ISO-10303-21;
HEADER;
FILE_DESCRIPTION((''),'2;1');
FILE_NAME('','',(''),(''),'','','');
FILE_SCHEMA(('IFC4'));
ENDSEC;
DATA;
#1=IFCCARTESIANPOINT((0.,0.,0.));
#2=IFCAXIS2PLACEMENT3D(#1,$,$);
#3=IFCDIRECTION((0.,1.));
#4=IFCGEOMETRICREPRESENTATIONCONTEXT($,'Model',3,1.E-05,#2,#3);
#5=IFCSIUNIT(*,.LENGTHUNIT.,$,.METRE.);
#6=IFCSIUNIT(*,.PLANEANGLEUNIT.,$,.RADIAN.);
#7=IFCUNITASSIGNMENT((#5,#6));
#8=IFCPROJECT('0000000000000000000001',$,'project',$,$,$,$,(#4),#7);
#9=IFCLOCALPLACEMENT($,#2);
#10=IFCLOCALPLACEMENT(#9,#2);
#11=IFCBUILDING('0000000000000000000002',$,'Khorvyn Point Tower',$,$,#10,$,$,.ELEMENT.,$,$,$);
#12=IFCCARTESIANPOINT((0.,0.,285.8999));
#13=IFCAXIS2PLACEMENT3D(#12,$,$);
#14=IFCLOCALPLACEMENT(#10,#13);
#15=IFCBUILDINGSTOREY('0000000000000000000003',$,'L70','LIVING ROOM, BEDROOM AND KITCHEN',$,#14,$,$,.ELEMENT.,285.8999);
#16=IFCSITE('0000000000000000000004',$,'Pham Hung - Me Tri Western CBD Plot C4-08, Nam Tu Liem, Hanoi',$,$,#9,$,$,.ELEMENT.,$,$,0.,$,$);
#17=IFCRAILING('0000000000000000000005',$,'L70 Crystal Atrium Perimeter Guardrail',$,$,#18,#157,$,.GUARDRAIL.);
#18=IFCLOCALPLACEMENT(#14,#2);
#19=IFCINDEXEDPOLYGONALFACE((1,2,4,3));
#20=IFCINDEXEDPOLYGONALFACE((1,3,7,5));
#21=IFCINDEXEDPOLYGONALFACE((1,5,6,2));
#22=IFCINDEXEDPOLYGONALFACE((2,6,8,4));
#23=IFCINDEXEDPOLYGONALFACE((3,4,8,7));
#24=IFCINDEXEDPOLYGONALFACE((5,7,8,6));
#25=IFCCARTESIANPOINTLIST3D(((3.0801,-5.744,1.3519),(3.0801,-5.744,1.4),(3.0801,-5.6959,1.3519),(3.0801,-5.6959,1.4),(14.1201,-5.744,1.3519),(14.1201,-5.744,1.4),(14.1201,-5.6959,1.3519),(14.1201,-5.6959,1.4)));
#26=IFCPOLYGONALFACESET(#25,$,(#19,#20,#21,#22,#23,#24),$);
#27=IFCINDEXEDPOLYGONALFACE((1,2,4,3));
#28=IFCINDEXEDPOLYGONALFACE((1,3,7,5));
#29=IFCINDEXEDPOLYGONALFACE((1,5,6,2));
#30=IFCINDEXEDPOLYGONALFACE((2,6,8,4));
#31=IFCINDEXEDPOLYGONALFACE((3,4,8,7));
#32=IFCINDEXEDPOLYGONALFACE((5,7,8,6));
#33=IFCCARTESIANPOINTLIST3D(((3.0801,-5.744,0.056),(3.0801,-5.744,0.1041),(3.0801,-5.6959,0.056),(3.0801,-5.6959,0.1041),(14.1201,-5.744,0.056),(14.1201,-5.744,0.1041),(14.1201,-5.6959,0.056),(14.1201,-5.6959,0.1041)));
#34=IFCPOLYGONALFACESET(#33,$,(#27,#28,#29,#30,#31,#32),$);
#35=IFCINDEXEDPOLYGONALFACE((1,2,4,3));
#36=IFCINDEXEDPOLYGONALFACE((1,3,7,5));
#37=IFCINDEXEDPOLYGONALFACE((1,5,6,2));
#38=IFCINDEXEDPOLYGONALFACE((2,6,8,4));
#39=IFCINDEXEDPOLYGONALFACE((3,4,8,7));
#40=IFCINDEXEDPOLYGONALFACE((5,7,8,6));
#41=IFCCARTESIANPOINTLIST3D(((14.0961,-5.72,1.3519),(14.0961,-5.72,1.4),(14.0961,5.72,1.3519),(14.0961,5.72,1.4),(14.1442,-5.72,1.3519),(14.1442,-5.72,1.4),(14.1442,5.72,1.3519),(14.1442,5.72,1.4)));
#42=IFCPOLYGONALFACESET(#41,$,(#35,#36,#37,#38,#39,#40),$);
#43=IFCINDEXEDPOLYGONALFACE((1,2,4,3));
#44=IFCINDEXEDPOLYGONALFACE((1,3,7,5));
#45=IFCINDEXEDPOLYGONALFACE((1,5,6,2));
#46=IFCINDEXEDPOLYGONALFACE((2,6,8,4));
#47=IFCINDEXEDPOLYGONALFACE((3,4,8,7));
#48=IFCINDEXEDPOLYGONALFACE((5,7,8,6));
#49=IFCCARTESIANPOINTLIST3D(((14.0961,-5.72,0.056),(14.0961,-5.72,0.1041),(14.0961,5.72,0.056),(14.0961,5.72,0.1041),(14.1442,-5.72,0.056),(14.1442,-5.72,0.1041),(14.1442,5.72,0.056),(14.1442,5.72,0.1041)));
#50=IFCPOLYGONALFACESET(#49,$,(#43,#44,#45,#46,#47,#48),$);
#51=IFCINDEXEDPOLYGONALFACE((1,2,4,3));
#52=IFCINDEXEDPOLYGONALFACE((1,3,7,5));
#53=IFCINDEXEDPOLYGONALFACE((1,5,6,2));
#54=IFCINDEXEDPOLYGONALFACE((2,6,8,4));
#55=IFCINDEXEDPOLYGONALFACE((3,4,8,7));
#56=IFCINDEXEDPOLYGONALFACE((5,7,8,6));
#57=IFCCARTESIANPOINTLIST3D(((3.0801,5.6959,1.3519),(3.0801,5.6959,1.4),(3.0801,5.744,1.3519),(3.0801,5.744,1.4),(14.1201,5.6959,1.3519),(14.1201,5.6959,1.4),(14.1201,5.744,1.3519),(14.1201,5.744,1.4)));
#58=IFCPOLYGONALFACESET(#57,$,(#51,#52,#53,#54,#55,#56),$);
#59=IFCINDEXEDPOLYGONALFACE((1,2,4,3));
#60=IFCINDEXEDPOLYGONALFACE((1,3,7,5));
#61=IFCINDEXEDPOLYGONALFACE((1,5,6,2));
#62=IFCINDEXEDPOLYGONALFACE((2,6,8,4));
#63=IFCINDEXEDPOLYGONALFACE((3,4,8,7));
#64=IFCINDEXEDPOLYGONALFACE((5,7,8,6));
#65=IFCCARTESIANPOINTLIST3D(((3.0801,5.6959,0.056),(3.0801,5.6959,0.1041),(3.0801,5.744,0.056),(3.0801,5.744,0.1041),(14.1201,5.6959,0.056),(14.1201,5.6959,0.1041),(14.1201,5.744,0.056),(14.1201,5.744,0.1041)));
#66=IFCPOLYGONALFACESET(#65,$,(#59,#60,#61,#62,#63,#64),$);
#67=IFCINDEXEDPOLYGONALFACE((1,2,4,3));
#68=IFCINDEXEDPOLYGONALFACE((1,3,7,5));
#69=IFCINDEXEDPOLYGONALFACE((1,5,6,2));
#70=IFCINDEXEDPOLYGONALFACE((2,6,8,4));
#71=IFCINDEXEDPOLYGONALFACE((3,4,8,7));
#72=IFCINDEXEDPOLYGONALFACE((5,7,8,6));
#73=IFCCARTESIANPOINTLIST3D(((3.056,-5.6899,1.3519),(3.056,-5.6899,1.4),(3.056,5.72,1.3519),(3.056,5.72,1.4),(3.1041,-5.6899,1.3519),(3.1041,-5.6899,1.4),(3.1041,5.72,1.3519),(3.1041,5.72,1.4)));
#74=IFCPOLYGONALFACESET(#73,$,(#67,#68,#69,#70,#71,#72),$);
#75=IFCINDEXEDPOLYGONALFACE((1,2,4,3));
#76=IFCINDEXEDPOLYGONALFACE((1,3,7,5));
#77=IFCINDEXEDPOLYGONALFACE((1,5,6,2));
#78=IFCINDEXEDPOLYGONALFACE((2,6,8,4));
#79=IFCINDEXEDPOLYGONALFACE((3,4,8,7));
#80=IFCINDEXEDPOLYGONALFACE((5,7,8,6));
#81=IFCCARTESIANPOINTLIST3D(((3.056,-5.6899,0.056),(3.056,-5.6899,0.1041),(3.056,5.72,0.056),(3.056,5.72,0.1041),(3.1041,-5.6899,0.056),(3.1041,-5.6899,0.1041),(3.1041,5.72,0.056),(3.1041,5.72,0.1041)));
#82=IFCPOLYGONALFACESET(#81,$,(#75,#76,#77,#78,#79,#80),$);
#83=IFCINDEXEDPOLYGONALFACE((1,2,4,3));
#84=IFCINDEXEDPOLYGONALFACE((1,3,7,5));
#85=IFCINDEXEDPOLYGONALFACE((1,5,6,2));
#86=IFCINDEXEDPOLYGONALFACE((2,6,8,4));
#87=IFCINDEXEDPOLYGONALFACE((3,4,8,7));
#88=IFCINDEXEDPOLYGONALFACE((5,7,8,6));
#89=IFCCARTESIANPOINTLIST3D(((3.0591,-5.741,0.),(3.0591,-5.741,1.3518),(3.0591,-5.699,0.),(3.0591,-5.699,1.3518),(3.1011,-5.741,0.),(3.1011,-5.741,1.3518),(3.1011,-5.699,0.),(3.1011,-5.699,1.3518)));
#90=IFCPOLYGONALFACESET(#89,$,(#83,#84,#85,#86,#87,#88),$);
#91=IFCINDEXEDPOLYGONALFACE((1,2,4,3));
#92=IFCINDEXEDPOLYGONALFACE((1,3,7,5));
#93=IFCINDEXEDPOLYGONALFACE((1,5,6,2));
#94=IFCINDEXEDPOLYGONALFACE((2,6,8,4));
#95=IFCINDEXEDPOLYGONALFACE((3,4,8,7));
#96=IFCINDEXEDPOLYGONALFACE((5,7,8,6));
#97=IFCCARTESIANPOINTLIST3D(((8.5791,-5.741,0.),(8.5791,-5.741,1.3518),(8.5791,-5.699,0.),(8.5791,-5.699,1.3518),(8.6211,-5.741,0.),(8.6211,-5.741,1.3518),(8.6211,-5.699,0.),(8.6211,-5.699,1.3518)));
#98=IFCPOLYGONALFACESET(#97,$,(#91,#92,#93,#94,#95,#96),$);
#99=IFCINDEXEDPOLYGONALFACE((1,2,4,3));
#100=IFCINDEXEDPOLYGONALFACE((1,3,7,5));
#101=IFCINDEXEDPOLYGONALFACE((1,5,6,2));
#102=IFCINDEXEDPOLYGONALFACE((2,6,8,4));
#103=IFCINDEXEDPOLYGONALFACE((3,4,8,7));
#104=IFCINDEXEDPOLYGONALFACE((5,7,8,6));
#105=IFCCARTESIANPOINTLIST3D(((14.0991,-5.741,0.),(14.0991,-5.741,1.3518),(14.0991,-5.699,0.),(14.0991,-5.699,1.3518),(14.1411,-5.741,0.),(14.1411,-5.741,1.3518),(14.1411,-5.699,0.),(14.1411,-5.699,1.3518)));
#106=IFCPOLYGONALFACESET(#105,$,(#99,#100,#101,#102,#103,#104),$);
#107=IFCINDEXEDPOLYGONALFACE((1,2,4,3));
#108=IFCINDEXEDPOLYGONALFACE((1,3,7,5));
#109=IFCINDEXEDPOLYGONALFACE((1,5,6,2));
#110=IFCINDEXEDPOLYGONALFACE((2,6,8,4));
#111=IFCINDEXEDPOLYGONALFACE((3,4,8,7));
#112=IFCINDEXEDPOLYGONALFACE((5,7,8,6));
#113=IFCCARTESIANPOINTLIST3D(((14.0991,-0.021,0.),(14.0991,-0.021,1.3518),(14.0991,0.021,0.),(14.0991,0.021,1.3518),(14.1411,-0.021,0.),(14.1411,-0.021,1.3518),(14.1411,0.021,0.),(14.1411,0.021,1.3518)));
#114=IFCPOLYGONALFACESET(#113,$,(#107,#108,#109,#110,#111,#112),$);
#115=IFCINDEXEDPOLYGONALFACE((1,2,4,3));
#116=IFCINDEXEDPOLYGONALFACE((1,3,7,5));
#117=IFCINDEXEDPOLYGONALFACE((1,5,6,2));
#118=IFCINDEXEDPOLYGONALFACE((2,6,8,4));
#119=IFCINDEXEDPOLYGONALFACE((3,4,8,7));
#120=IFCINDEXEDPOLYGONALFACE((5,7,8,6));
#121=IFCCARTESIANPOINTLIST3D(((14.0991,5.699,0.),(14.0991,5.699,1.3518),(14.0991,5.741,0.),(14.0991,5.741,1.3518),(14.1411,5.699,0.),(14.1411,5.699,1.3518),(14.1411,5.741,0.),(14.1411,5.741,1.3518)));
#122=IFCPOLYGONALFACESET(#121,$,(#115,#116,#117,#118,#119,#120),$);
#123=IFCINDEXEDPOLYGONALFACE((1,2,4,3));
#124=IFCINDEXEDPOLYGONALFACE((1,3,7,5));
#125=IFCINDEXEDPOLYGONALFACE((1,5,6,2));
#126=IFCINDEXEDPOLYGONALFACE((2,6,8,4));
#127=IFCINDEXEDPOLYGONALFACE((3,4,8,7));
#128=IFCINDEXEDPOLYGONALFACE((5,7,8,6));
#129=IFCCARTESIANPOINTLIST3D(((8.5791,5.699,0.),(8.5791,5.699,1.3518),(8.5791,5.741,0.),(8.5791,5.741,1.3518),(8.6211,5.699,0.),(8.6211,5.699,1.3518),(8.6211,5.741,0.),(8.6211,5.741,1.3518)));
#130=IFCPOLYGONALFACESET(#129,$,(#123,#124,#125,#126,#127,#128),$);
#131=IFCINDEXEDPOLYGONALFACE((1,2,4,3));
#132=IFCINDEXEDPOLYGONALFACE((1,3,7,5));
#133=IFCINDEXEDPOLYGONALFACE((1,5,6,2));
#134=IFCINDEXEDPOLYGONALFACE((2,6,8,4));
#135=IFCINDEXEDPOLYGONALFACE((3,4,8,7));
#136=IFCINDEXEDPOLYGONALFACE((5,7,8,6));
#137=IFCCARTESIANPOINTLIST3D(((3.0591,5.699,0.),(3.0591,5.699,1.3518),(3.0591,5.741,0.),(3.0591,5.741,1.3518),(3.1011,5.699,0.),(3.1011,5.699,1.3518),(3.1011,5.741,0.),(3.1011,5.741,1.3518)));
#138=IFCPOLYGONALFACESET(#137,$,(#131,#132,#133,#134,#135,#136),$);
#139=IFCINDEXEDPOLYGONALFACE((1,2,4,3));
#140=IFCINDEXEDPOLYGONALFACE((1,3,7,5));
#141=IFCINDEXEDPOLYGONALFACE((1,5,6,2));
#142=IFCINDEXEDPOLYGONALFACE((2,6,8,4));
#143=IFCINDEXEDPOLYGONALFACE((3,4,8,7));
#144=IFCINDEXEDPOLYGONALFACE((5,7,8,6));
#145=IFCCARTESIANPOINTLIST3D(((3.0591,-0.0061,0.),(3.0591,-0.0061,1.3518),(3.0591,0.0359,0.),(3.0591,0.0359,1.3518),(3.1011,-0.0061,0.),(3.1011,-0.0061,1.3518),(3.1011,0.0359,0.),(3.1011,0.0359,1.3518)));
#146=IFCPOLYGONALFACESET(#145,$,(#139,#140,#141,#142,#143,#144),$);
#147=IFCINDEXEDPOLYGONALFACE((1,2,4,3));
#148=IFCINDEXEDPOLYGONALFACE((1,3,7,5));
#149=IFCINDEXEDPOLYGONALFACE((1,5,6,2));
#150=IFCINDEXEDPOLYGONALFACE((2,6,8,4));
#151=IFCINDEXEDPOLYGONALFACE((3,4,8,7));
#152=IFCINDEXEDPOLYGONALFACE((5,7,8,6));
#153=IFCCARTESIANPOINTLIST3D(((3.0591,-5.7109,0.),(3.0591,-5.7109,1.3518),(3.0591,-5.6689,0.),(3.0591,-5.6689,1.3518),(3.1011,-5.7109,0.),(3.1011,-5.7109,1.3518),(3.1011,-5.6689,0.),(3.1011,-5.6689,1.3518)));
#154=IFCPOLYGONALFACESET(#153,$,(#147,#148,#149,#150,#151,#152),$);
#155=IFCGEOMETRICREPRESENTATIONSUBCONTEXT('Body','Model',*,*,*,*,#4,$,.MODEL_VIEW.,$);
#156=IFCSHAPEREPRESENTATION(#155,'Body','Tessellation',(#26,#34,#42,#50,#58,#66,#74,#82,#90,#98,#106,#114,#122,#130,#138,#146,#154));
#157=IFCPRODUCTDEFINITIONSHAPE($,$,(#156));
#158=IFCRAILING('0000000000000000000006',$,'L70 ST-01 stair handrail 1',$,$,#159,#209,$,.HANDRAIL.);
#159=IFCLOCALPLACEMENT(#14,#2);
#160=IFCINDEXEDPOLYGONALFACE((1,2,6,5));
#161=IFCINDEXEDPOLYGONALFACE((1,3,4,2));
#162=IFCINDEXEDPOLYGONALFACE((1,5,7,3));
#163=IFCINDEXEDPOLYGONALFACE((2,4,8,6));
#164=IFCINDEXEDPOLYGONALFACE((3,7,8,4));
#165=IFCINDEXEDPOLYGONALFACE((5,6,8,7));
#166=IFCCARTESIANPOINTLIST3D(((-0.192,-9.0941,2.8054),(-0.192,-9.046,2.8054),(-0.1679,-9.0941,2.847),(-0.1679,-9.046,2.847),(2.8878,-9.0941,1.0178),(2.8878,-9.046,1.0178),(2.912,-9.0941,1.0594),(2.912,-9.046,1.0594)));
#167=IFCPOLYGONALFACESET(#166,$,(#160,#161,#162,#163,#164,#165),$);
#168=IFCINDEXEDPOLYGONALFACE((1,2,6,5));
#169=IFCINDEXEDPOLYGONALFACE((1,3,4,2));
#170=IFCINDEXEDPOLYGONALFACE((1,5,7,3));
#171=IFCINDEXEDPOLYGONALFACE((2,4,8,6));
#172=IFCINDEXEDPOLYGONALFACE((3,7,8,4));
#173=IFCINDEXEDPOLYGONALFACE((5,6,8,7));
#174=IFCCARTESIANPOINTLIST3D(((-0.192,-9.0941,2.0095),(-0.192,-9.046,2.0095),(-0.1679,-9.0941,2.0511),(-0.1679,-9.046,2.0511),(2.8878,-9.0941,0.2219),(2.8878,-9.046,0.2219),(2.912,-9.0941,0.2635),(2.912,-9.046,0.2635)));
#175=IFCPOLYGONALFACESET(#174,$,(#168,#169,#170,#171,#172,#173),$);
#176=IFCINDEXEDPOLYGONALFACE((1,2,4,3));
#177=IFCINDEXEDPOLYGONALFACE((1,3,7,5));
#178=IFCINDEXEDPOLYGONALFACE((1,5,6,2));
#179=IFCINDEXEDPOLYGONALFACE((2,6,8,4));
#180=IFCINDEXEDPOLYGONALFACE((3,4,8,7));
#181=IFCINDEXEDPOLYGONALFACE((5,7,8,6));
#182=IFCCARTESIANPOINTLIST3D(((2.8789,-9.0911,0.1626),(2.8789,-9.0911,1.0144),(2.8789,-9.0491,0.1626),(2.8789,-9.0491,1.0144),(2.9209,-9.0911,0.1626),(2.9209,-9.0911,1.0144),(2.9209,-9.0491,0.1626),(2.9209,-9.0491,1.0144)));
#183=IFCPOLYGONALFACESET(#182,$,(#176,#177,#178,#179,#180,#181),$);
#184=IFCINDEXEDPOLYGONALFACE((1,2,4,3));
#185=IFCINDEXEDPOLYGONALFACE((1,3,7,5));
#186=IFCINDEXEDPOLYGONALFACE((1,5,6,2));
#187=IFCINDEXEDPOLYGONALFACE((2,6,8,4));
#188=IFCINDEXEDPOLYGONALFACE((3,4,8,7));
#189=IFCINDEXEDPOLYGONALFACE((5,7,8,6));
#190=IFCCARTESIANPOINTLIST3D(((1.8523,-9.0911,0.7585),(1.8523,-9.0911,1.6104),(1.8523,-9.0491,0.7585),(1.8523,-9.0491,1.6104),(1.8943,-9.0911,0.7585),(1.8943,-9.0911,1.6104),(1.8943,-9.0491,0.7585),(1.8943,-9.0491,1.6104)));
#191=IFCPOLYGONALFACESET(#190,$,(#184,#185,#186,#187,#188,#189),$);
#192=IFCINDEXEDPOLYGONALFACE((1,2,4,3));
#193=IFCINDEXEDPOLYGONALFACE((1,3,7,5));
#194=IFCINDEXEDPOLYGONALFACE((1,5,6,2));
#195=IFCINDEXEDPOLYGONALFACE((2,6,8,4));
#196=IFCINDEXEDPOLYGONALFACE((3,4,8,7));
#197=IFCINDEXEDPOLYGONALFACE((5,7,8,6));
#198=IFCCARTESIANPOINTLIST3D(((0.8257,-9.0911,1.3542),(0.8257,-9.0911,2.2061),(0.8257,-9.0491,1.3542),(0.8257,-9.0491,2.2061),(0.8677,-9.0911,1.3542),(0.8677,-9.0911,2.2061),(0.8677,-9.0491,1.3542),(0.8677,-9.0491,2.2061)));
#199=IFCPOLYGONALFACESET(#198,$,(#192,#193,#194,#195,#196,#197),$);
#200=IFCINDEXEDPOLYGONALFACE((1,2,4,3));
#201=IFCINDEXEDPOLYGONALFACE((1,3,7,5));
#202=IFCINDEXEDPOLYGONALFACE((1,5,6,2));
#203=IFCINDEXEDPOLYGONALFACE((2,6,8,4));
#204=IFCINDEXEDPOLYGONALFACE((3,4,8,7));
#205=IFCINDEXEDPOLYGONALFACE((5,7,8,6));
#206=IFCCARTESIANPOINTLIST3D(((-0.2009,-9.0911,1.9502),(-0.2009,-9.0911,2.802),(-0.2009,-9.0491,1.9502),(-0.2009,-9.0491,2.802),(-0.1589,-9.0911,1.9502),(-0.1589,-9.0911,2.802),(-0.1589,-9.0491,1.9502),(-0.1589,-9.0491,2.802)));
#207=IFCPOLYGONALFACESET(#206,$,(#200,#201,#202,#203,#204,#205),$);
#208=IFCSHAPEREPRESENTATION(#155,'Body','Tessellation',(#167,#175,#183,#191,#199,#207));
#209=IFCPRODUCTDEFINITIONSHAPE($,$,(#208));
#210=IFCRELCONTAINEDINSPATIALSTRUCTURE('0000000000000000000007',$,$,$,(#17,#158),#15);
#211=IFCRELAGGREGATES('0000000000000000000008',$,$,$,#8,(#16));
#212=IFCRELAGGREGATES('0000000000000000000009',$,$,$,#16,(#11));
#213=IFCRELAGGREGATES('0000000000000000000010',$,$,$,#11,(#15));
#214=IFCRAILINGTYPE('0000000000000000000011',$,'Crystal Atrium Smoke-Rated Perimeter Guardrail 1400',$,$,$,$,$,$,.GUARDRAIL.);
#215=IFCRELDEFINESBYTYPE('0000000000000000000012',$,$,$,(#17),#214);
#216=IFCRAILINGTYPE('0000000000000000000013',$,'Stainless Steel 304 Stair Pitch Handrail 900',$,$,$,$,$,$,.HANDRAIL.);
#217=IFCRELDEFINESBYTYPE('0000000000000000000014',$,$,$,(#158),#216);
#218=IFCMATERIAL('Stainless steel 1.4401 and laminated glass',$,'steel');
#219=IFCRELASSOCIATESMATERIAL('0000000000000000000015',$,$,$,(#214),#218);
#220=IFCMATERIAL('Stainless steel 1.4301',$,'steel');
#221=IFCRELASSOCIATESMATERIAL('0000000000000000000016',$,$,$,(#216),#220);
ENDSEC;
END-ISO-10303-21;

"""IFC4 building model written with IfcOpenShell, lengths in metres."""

from ifc_helpers import new_model, si_unit, direction, frame, origin, origin_2d, place, context, subcontext, project, spatial, rectangle, extrude, material, type_object, element, save


model = new_model("IFC4")

# Units and contexts
model_context = context("Model", 3, precision=1e-05, world=origin(), true_north=direction((0.0, 1.0)))
body_context = subcontext(model_context, "Body", "Model", "MODEL_VIEW")
ifc_project = project(units=[si_unit("LENGTHUNIT", "METRE"), si_unit("PLANEANGLEUNIT", "RADIAN")], contexts=[model_context])

# Site, building, storey
site_placement = place(None, origin())
site = spatial("IfcSite", under=ifc_project, at=site_placement, Name="Pham Hung - Me Tri Western CBD Plot C4-08, Nam Tu Liem, Hanoi", CompositionType="ELEMENT", RefElevation=0.0)
building_placement = place(site_placement, origin())
building = spatial("IfcBuilding", under=site, at=building_placement, Name="Khorvyn Point Tower", CompositionType="ELEMENT")
storey_placement = place(building_placement, frame((0.0, 0.0, 285.8999)))
storey = spatial("IfcBuildingStorey", under=building, at=storey_placement, Name="L70", Description="LIVING ROOM, BEDROOM AND KITCHEN", CompositionType="ELEMENT", Elevation=285.8999)

# Shared definitions
ifc_material_1 = material(Name="Stainless steel 1.4301", Category="steel")

# Railings
ifc_material_2 = material(Name="Stainless steel 1.4401 and laminated glass", Category="steel")
railing_type_1 = type_object("IfcRailingType", Name="Crystal Atrium Smoke-Rated Perimeter Guardrail 1400", PredefinedType="GUARDRAIL", material=ifc_material_2)
railing_1_placement = place(storey_placement, frame((3.0801, -5.72, 0.0)))
element("IfcRailing", 1, at=railing_1_placement, inside=storey, type_object=railing_type_1, Name="L70 Crystal Atrium Perimeter Guardrail", PredefinedType="GUARDRAIL", context=body_context, shape_type="SweptSolid", body=[
    extrude(rectangle(XDim=0.0481, YDim=0.0481, at=origin_2d()), frame((0.0, 0.0, 1.376), z_axis=(1.0, 0.0, 0.0), x_axis=(0.0, 1.0, 0.0)), (0.0, 0.0, 1.0), 11.04),
    extrude(rectangle(XDim=0.0481, YDim=0.0481, at=origin_2d()), frame((0.0, 0.0, 0.0801), z_axis=(1.0, 0.0, 0.0), x_axis=(0.0, 1.0, 0.0)), (0.0, 0.0, 1.0), 11.04),
    extrude(rectangle(XDim=0.0481, YDim=0.0481, at=origin_2d()), frame((11.04, 0.0, 1.376), z_axis=(0.0, 1.0, 0.0), x_axis=(-1.0, 0.0, 0.0)), (0.0, 0.0, 1.0), 11.4399),
    extrude(rectangle(XDim=0.0481, YDim=0.0481, at=origin_2d()), frame((11.04, 0.0, 0.0801), z_axis=(0.0, 1.0, 0.0), x_axis=(-1.0, 0.0, 0.0)), (0.0, 0.0, 1.0), 11.4399),
    extrude(rectangle(XDim=0.0481, YDim=0.0481, at=origin_2d()), frame((11.04, 11.4399, 1.376), z_axis=(-1.0, 0.0, 0.0), x_axis=(0.0, -1.0, 0.0)), (0.0, 0.0, 1.0), 11.04),
    extrude(rectangle(XDim=0.0481, YDim=0.0481, at=origin_2d()), frame((11.04, 11.4399, 0.0801), z_axis=(-1.0, 0.0, 0.0), x_axis=(0.0, -1.0, 0.0)), (0.0, 0.0, 1.0), 11.04),
    extrude(rectangle(XDim=0.0481, YDim=0.0481, at=origin_2d()), frame((0.0, 11.4399, 1.376), z_axis=(0.0, -1.0, 0.0), x_axis=(1.0, 0.0, 0.0)), (0.0, 0.0, 1.0), 11.4099),
    extrude(rectangle(XDim=0.0481, YDim=0.0481, at=origin_2d()), frame((0.0, 11.4399, 0.0801), z_axis=(0.0, -1.0, 0.0), x_axis=(1.0, 0.0, 0.0)), (0.0, 0.0, 1.0), 11.4099),
    extrude(rectangle(XDim=0.042, YDim=0.042, at=origin_2d()), origin(), (0.0, 0.0, 1.0), 1.3518),
    extrude(rectangle(XDim=0.042, YDim=0.042, at=origin_2d()), frame((5.52, 0.0, 0.0)), (0.0, 0.0, 1.0), 1.3518),
    extrude(rectangle(XDim=0.042, YDim=0.042, at=origin_2d()), frame((11.04, 0.0, 0.0)), (0.0, 0.0, 1.0), 1.3518),
    extrude(rectangle(XDim=0.042, YDim=0.042, at=origin_2d()), frame((11.04, 5.72, 0.0)), (0.0, 0.0, 1.0), 1.3518),
    extrude(rectangle(XDim=0.042, YDim=0.042, at=origin_2d()), frame((11.04, 11.4399, 0.0)), (0.0, 0.0, 1.0), 1.3518),
    extrude(rectangle(XDim=0.042, YDim=0.042, at=origin_2d()), frame((5.52, 11.4399, 0.0)), (0.0, 0.0, 1.0), 1.3518),
    extrude(rectangle(XDim=0.042, YDim=0.042, at=origin_2d()), frame((0.0, 11.4399, 0.0)), (0.0, 0.0, 1.0), 1.3518),
    extrude(rectangle(XDim=0.042, YDim=0.042, at=origin_2d()), frame((0.0, 5.7349, 0.0)), (0.0, 0.0, 1.0), 1.3518),
    extrude(rectangle(XDim=0.042, YDim=0.042, at=origin_2d()), frame((0.0, 0.03, 0.0)), (0.0, 0.0, 1.0), 1.3518),
])
railing_type_2 = type_object("IfcRailingType", Name="Stainless Steel 304 Stair Pitch Handrail 900", PredefinedType="HANDRAIL", material=ifc_material_1)
railing_2_placement = place(storey_placement, frame((2.8999, -9.0701, 0.1626)))
element("IfcRailing", 2, at=railing_2_placement, inside=storey, type_object=railing_type_2, Name="L70 ST-01 stair handrail 1", PredefinedType="HANDRAIL", context=body_context, shape_type="SweptSolid", body=[
    extrude(rectangle(XDim=0.0481, YDim=0.0481, at=origin_2d()), frame((0.0, 0.0, 0.876), z_axis=(-0.864873, 0.0, 0.50199), x_axis=(0.0, -1.0, 0.0)), (0.0, 0.0, 1.0), 3.561),
    extrude(rectangle(XDim=0.0481, YDim=0.0481, at=origin_2d()), frame((0.0, 0.0, 0.0801), z_axis=(-0.864873, 0.0, 0.50199), x_axis=(0.0, -1.0, 0.0)), (0.0, 0.0, 1.0), 3.561),
    extrude(rectangle(XDim=0.042, YDim=0.042, at=origin_2d()), origin(), (0.0, 0.0, 1.0), 0.8518),
    extrude(rectangle(XDim=0.042, YDim=0.042, at=origin_2d()), frame((-1.0266, 0.0, 0.5959)), (0.0, 0.0, 1.0), 0.8518),
    extrude(rectangle(XDim=0.042, YDim=0.042, at=origin_2d()), frame((-2.0532, 0.0, 1.1917)), (0.0, 0.0, 1.0), 0.8518),
    extrude(rectangle(XDim=0.042, YDim=0.042, at=origin_2d()), frame((-3.0798, 0.0, 1.7876)), (0.0, 0.0, 1.0), 0.8518),
])

save(model, "model.ifc")
